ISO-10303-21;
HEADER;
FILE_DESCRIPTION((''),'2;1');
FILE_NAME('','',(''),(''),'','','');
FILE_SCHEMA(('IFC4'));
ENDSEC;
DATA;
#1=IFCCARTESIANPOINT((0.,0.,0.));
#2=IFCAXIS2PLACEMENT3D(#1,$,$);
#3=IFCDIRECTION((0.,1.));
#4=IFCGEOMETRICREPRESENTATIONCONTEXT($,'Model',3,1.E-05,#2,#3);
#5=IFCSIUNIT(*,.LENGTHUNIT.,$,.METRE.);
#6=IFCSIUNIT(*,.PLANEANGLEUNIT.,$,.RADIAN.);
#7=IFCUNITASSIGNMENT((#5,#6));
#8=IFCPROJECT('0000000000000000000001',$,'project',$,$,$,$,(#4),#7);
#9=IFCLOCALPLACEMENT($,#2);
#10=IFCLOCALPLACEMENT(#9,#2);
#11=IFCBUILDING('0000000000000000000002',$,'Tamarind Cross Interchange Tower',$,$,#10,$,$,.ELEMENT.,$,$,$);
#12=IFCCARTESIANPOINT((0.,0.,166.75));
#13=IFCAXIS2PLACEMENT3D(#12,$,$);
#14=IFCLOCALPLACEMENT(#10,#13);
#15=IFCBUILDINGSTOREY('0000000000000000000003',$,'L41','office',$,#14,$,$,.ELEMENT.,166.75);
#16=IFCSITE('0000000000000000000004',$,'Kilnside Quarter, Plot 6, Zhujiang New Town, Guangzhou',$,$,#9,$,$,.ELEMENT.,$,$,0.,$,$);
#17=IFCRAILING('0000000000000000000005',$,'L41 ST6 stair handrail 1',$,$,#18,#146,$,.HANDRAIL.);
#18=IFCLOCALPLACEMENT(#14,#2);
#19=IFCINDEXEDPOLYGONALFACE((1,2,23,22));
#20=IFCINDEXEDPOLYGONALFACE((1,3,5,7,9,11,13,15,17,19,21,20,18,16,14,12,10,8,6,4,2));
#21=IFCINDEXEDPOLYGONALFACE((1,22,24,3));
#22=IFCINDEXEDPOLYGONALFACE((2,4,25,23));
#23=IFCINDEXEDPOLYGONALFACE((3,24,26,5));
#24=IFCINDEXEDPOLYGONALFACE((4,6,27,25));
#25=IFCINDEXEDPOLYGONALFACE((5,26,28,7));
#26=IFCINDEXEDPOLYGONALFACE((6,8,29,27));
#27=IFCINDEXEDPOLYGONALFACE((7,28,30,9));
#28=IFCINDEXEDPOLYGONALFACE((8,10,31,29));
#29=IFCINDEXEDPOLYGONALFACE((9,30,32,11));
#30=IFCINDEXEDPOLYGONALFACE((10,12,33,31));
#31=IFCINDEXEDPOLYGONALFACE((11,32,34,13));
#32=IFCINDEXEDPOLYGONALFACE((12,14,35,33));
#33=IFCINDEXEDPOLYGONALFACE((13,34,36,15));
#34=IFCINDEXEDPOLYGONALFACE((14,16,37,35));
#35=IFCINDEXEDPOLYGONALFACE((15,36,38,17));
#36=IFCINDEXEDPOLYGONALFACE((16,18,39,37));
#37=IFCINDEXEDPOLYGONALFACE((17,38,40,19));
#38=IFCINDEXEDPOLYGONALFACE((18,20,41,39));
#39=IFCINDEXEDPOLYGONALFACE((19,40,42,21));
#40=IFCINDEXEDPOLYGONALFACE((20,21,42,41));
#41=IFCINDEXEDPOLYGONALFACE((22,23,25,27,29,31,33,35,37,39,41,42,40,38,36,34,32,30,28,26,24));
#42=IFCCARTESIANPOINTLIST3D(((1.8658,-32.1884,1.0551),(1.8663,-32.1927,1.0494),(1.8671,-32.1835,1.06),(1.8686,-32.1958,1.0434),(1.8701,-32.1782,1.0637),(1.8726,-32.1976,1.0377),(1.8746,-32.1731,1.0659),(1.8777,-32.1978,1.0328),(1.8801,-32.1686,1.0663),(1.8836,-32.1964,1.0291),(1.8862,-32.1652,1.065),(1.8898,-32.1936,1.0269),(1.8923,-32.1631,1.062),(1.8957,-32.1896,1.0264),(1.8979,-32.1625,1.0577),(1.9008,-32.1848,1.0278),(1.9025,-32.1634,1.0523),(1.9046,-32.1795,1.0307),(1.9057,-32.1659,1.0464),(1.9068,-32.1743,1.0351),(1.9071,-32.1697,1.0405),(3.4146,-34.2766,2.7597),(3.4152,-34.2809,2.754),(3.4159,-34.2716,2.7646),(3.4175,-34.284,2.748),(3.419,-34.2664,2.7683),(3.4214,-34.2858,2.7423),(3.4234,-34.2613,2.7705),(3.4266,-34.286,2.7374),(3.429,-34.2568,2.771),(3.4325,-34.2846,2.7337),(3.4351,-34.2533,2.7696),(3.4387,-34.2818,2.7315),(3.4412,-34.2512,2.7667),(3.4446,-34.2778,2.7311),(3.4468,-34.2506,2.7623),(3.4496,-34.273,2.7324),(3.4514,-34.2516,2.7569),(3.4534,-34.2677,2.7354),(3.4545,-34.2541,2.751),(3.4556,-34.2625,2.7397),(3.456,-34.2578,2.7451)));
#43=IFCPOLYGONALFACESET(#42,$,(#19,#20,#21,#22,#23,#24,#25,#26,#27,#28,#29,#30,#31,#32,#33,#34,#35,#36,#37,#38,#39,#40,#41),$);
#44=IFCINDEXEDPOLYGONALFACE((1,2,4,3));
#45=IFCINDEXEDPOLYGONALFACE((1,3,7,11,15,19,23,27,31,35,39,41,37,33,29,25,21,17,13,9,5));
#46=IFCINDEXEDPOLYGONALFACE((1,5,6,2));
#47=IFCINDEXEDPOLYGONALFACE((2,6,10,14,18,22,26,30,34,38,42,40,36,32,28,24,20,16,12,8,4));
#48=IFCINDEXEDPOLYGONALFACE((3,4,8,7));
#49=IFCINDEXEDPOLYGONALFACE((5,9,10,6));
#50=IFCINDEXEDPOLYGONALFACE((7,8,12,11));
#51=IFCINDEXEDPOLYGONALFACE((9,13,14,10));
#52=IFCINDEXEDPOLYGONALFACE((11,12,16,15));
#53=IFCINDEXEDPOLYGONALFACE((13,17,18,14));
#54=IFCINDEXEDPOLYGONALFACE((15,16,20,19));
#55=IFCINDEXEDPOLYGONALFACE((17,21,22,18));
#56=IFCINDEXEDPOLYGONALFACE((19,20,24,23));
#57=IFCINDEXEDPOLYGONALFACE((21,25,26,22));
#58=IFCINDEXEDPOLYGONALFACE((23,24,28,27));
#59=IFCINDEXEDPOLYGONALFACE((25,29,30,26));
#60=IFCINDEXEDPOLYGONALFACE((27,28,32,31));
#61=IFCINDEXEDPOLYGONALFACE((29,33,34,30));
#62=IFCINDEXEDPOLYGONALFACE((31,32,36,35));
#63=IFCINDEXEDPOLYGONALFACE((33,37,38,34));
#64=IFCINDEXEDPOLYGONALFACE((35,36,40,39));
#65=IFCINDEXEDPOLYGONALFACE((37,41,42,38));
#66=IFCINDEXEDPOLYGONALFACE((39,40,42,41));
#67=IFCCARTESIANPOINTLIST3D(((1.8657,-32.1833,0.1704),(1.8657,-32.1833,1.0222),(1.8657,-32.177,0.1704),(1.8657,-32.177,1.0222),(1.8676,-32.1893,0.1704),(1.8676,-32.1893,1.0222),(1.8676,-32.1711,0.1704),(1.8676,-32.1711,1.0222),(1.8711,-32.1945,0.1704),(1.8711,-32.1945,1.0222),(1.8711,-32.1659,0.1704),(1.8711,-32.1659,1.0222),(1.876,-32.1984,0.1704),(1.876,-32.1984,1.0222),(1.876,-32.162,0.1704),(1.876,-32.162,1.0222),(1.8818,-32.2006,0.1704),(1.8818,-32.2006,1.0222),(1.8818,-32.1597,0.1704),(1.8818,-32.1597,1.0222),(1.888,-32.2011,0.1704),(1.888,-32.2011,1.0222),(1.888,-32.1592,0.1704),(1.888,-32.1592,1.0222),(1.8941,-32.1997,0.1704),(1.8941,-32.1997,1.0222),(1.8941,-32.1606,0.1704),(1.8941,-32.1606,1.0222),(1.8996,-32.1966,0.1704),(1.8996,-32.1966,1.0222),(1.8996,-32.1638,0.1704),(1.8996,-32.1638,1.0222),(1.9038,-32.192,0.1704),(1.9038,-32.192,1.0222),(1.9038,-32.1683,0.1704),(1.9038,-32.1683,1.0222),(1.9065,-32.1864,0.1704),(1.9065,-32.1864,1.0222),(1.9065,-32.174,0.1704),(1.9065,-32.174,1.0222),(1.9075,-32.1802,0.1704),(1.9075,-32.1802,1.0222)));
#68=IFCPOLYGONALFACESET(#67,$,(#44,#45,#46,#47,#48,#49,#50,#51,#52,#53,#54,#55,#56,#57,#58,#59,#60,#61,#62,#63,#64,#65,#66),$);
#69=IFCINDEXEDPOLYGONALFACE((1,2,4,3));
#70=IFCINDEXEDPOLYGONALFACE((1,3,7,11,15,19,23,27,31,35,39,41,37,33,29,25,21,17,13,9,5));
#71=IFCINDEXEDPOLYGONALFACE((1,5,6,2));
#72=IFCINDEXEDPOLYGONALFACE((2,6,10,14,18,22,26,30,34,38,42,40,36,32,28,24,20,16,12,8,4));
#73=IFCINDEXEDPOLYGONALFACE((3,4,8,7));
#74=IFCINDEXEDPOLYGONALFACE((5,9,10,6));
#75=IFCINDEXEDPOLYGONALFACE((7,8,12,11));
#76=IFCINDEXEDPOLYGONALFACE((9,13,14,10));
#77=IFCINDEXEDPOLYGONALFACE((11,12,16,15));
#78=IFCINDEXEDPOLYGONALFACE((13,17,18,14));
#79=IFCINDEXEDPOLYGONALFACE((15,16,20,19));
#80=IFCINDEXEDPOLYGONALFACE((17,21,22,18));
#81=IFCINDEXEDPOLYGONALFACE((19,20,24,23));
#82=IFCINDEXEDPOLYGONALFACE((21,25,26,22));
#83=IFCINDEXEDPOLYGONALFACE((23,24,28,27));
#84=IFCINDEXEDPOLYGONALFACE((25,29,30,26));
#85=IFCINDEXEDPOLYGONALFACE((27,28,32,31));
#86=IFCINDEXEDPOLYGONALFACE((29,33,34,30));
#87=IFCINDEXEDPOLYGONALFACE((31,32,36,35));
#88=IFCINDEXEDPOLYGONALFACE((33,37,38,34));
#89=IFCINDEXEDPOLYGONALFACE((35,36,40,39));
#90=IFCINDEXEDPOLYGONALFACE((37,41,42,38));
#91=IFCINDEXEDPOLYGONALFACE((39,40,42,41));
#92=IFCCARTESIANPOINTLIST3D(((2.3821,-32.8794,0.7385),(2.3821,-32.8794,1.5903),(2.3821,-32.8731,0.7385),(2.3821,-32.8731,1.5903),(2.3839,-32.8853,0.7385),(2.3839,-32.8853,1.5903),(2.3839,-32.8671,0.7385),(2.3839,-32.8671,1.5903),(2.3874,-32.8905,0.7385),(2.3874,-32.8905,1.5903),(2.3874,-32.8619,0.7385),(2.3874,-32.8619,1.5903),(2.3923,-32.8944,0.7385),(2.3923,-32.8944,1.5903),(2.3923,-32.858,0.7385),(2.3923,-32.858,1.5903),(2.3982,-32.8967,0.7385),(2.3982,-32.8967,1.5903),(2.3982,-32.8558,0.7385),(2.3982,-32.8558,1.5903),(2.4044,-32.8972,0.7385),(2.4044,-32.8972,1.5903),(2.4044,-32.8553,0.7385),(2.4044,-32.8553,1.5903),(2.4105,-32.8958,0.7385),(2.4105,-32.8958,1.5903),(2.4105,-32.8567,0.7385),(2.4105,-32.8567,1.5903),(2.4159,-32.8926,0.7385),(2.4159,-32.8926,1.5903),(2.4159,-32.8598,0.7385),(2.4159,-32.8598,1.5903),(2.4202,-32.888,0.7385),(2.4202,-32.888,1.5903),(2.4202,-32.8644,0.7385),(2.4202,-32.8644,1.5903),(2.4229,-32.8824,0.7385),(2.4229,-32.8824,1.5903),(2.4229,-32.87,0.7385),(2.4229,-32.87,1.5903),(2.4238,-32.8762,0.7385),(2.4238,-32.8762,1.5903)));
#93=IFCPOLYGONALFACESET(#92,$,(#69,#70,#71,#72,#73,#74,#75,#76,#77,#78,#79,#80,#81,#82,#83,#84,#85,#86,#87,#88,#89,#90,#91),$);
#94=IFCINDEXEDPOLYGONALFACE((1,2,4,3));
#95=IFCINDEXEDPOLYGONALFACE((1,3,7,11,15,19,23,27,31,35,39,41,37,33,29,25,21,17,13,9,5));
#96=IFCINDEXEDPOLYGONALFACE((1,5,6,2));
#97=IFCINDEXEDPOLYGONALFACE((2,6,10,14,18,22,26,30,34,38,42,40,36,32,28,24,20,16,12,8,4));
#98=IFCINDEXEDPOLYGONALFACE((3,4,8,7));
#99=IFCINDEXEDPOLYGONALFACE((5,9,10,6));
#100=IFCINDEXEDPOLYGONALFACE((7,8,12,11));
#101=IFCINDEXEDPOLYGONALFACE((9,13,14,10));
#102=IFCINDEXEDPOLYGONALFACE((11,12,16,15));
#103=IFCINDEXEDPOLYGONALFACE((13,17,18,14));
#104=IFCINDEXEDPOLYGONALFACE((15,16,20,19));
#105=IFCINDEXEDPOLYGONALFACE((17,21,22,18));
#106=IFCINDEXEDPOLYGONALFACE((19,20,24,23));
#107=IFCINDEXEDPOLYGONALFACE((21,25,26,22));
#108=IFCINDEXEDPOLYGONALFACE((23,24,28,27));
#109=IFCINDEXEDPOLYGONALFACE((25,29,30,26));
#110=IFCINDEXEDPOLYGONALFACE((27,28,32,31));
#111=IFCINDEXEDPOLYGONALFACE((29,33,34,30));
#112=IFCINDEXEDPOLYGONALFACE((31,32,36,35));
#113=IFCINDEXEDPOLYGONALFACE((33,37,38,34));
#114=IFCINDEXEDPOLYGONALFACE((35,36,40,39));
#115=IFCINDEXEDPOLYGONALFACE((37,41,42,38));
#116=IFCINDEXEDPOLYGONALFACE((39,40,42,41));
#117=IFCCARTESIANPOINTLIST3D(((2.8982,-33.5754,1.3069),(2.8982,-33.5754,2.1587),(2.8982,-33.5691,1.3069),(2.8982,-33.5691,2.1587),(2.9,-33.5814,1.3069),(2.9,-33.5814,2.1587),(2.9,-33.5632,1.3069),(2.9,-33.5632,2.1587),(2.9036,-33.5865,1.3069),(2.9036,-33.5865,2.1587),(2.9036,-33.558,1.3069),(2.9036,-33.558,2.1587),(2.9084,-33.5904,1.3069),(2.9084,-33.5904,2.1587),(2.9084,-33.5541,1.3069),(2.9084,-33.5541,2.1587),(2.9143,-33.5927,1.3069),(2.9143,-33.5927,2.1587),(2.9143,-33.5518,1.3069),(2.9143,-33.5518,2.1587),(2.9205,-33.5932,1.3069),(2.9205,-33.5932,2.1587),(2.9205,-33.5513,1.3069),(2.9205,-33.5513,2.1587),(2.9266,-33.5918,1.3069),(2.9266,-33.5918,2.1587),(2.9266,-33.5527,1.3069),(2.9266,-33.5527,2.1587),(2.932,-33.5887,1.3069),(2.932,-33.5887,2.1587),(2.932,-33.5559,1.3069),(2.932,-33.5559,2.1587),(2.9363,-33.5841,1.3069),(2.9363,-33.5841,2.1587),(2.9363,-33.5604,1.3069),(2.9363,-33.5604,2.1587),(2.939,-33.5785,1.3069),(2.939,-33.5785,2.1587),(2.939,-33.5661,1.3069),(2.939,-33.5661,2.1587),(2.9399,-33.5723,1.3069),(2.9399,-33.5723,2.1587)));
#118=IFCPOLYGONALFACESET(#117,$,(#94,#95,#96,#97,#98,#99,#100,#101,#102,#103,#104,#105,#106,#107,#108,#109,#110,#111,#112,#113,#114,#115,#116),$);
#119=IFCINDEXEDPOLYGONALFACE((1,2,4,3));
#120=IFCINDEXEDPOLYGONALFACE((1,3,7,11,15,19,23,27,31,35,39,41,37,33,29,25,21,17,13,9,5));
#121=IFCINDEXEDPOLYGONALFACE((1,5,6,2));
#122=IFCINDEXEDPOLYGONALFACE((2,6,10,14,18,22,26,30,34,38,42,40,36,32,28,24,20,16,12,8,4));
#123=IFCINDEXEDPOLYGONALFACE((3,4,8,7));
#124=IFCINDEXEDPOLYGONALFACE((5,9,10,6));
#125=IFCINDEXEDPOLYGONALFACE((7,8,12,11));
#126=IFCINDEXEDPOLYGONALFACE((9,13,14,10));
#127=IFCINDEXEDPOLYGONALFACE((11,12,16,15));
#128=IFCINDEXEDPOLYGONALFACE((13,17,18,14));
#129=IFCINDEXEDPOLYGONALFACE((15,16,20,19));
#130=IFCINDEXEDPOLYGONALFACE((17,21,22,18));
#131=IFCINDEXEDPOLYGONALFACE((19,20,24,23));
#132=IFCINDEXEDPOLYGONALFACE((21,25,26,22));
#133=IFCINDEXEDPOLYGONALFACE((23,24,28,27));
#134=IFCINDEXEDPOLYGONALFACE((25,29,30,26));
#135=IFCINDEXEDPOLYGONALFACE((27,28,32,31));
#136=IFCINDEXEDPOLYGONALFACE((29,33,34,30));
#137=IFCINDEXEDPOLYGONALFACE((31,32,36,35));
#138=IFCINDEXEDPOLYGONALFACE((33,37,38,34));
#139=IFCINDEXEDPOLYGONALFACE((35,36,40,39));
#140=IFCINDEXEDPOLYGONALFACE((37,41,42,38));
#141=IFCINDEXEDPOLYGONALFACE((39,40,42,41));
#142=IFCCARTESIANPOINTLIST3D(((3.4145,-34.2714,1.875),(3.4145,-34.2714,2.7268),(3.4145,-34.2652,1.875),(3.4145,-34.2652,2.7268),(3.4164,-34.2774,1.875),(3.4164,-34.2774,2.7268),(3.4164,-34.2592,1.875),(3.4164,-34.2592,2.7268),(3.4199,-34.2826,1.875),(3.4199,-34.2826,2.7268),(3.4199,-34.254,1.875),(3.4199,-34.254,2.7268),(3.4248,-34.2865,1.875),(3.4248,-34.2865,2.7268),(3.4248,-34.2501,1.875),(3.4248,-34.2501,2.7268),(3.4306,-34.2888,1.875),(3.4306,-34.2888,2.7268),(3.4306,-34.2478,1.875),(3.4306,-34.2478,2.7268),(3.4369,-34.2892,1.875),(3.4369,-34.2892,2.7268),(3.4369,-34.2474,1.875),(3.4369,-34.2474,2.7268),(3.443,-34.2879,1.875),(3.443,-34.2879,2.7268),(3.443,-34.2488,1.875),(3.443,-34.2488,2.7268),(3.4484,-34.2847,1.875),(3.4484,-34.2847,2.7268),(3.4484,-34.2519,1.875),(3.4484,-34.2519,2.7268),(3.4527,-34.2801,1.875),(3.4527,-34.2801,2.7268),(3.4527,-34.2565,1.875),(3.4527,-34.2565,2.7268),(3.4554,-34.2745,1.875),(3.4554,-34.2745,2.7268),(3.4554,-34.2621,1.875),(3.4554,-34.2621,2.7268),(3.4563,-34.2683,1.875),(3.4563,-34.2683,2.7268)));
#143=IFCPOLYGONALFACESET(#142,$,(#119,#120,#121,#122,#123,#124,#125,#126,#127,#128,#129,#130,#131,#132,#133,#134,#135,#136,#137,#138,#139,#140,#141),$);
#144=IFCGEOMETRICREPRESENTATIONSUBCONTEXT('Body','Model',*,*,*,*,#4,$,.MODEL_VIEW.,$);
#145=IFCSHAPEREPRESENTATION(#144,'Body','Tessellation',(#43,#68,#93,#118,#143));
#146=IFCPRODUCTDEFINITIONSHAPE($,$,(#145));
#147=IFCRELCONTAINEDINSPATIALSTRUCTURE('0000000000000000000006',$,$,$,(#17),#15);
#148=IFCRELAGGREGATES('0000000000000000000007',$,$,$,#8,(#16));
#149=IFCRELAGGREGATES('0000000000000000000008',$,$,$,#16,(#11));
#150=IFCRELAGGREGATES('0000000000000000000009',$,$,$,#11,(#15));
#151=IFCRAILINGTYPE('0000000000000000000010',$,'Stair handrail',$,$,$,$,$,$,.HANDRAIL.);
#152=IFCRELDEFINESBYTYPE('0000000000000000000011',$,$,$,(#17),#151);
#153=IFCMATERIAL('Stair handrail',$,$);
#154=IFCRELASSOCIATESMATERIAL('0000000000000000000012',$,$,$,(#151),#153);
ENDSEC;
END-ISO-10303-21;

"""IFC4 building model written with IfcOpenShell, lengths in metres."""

from ifc_helpers import new_model, si_unit, direction, frame, origin, origin_2d, place, context, subcontext, project, spatial, circle, extrude, material, type_object, element, save


model = new_model("IFC4")

# Units and contexts
model_context = context("Model", 3, precision=1e-05, world=origin(), true_north=direction((0.0, 1.0)))
body_context = subcontext(model_context, "Body", "Model", "MODEL_VIEW")
ifc_project = project(units=[si_unit("LENGTHUNIT", "METRE"), si_unit("PLANEANGLEUNIT", "RADIAN")], contexts=[model_context])

# Site, building, storey
site_placement = place(None, origin())
site = spatial("IfcSite", under=ifc_project, at=site_placement, Name="Kilnside Quarter, Plot 6, Zhujiang New Town, Guangzhou", CompositionType="ELEMENT", RefElevation=0.0)
building_placement = place(site_placement, origin())
building = spatial("IfcBuilding", under=site, at=building_placement, Name="Tamarind Cross Interchange Tower", CompositionType="ELEMENT")
storey_placement = place(building_placement, frame((0.0, 0.0, 166.75)))
storey = spatial("IfcBuildingStorey", under=building, at=storey_placement, Name="L41", Description="office", CompositionType="ELEMENT", Elevation=166.75)

# Railing
ifc_material_1 = material(Name="Stair handrail")
railing_type_1 = type_object("IfcRailingType", Name="Stair handrail", PredefinedType="HANDRAIL", material=ifc_material_1)
railing_1_placement = place(storey_placement, frame((1.8865, -32.1802, 0.1704)))
element("IfcRailing", 1, at=railing_1_placement, inside=storey, type_object=railing_type_1, Name="L41 ST6 stair handrail 1", PredefinedType="HANDRAIL", context=body_context, shape_type="SweptSolid", body=[
    extrude(circle(Radius=0.0239, at=origin_2d()), frame((0.0, 0.0, 0.876), z_axis=(0.498203, -0.671679, 0.548307), x_axis=(0.803178, 0.595739, 0.0)), (0.0, 0.0, 1.0), 3.1089),
    extrude(circle(Radius=0.021, at=origin_2d()), origin(), (0.0, 0.0, 1.0), 0.8518),
    extrude(circle(Radius=0.021, at=origin_2d()), frame((0.5164, -0.696, 0.5681)), (0.0, 0.0, 1.0), 0.8518),
    extrude(circle(Radius=0.021, at=origin_2d()), frame((1.0325, -1.3921, 1.1365)), (0.0, 0.0, 1.0), 0.8518),
    extrude(circle(Radius=0.021, at=origin_2d()), frame((1.5488, -2.0881, 1.7046)), (0.0, 0.0, 1.0), 0.8518),
])

save(model, "model.ifc")
